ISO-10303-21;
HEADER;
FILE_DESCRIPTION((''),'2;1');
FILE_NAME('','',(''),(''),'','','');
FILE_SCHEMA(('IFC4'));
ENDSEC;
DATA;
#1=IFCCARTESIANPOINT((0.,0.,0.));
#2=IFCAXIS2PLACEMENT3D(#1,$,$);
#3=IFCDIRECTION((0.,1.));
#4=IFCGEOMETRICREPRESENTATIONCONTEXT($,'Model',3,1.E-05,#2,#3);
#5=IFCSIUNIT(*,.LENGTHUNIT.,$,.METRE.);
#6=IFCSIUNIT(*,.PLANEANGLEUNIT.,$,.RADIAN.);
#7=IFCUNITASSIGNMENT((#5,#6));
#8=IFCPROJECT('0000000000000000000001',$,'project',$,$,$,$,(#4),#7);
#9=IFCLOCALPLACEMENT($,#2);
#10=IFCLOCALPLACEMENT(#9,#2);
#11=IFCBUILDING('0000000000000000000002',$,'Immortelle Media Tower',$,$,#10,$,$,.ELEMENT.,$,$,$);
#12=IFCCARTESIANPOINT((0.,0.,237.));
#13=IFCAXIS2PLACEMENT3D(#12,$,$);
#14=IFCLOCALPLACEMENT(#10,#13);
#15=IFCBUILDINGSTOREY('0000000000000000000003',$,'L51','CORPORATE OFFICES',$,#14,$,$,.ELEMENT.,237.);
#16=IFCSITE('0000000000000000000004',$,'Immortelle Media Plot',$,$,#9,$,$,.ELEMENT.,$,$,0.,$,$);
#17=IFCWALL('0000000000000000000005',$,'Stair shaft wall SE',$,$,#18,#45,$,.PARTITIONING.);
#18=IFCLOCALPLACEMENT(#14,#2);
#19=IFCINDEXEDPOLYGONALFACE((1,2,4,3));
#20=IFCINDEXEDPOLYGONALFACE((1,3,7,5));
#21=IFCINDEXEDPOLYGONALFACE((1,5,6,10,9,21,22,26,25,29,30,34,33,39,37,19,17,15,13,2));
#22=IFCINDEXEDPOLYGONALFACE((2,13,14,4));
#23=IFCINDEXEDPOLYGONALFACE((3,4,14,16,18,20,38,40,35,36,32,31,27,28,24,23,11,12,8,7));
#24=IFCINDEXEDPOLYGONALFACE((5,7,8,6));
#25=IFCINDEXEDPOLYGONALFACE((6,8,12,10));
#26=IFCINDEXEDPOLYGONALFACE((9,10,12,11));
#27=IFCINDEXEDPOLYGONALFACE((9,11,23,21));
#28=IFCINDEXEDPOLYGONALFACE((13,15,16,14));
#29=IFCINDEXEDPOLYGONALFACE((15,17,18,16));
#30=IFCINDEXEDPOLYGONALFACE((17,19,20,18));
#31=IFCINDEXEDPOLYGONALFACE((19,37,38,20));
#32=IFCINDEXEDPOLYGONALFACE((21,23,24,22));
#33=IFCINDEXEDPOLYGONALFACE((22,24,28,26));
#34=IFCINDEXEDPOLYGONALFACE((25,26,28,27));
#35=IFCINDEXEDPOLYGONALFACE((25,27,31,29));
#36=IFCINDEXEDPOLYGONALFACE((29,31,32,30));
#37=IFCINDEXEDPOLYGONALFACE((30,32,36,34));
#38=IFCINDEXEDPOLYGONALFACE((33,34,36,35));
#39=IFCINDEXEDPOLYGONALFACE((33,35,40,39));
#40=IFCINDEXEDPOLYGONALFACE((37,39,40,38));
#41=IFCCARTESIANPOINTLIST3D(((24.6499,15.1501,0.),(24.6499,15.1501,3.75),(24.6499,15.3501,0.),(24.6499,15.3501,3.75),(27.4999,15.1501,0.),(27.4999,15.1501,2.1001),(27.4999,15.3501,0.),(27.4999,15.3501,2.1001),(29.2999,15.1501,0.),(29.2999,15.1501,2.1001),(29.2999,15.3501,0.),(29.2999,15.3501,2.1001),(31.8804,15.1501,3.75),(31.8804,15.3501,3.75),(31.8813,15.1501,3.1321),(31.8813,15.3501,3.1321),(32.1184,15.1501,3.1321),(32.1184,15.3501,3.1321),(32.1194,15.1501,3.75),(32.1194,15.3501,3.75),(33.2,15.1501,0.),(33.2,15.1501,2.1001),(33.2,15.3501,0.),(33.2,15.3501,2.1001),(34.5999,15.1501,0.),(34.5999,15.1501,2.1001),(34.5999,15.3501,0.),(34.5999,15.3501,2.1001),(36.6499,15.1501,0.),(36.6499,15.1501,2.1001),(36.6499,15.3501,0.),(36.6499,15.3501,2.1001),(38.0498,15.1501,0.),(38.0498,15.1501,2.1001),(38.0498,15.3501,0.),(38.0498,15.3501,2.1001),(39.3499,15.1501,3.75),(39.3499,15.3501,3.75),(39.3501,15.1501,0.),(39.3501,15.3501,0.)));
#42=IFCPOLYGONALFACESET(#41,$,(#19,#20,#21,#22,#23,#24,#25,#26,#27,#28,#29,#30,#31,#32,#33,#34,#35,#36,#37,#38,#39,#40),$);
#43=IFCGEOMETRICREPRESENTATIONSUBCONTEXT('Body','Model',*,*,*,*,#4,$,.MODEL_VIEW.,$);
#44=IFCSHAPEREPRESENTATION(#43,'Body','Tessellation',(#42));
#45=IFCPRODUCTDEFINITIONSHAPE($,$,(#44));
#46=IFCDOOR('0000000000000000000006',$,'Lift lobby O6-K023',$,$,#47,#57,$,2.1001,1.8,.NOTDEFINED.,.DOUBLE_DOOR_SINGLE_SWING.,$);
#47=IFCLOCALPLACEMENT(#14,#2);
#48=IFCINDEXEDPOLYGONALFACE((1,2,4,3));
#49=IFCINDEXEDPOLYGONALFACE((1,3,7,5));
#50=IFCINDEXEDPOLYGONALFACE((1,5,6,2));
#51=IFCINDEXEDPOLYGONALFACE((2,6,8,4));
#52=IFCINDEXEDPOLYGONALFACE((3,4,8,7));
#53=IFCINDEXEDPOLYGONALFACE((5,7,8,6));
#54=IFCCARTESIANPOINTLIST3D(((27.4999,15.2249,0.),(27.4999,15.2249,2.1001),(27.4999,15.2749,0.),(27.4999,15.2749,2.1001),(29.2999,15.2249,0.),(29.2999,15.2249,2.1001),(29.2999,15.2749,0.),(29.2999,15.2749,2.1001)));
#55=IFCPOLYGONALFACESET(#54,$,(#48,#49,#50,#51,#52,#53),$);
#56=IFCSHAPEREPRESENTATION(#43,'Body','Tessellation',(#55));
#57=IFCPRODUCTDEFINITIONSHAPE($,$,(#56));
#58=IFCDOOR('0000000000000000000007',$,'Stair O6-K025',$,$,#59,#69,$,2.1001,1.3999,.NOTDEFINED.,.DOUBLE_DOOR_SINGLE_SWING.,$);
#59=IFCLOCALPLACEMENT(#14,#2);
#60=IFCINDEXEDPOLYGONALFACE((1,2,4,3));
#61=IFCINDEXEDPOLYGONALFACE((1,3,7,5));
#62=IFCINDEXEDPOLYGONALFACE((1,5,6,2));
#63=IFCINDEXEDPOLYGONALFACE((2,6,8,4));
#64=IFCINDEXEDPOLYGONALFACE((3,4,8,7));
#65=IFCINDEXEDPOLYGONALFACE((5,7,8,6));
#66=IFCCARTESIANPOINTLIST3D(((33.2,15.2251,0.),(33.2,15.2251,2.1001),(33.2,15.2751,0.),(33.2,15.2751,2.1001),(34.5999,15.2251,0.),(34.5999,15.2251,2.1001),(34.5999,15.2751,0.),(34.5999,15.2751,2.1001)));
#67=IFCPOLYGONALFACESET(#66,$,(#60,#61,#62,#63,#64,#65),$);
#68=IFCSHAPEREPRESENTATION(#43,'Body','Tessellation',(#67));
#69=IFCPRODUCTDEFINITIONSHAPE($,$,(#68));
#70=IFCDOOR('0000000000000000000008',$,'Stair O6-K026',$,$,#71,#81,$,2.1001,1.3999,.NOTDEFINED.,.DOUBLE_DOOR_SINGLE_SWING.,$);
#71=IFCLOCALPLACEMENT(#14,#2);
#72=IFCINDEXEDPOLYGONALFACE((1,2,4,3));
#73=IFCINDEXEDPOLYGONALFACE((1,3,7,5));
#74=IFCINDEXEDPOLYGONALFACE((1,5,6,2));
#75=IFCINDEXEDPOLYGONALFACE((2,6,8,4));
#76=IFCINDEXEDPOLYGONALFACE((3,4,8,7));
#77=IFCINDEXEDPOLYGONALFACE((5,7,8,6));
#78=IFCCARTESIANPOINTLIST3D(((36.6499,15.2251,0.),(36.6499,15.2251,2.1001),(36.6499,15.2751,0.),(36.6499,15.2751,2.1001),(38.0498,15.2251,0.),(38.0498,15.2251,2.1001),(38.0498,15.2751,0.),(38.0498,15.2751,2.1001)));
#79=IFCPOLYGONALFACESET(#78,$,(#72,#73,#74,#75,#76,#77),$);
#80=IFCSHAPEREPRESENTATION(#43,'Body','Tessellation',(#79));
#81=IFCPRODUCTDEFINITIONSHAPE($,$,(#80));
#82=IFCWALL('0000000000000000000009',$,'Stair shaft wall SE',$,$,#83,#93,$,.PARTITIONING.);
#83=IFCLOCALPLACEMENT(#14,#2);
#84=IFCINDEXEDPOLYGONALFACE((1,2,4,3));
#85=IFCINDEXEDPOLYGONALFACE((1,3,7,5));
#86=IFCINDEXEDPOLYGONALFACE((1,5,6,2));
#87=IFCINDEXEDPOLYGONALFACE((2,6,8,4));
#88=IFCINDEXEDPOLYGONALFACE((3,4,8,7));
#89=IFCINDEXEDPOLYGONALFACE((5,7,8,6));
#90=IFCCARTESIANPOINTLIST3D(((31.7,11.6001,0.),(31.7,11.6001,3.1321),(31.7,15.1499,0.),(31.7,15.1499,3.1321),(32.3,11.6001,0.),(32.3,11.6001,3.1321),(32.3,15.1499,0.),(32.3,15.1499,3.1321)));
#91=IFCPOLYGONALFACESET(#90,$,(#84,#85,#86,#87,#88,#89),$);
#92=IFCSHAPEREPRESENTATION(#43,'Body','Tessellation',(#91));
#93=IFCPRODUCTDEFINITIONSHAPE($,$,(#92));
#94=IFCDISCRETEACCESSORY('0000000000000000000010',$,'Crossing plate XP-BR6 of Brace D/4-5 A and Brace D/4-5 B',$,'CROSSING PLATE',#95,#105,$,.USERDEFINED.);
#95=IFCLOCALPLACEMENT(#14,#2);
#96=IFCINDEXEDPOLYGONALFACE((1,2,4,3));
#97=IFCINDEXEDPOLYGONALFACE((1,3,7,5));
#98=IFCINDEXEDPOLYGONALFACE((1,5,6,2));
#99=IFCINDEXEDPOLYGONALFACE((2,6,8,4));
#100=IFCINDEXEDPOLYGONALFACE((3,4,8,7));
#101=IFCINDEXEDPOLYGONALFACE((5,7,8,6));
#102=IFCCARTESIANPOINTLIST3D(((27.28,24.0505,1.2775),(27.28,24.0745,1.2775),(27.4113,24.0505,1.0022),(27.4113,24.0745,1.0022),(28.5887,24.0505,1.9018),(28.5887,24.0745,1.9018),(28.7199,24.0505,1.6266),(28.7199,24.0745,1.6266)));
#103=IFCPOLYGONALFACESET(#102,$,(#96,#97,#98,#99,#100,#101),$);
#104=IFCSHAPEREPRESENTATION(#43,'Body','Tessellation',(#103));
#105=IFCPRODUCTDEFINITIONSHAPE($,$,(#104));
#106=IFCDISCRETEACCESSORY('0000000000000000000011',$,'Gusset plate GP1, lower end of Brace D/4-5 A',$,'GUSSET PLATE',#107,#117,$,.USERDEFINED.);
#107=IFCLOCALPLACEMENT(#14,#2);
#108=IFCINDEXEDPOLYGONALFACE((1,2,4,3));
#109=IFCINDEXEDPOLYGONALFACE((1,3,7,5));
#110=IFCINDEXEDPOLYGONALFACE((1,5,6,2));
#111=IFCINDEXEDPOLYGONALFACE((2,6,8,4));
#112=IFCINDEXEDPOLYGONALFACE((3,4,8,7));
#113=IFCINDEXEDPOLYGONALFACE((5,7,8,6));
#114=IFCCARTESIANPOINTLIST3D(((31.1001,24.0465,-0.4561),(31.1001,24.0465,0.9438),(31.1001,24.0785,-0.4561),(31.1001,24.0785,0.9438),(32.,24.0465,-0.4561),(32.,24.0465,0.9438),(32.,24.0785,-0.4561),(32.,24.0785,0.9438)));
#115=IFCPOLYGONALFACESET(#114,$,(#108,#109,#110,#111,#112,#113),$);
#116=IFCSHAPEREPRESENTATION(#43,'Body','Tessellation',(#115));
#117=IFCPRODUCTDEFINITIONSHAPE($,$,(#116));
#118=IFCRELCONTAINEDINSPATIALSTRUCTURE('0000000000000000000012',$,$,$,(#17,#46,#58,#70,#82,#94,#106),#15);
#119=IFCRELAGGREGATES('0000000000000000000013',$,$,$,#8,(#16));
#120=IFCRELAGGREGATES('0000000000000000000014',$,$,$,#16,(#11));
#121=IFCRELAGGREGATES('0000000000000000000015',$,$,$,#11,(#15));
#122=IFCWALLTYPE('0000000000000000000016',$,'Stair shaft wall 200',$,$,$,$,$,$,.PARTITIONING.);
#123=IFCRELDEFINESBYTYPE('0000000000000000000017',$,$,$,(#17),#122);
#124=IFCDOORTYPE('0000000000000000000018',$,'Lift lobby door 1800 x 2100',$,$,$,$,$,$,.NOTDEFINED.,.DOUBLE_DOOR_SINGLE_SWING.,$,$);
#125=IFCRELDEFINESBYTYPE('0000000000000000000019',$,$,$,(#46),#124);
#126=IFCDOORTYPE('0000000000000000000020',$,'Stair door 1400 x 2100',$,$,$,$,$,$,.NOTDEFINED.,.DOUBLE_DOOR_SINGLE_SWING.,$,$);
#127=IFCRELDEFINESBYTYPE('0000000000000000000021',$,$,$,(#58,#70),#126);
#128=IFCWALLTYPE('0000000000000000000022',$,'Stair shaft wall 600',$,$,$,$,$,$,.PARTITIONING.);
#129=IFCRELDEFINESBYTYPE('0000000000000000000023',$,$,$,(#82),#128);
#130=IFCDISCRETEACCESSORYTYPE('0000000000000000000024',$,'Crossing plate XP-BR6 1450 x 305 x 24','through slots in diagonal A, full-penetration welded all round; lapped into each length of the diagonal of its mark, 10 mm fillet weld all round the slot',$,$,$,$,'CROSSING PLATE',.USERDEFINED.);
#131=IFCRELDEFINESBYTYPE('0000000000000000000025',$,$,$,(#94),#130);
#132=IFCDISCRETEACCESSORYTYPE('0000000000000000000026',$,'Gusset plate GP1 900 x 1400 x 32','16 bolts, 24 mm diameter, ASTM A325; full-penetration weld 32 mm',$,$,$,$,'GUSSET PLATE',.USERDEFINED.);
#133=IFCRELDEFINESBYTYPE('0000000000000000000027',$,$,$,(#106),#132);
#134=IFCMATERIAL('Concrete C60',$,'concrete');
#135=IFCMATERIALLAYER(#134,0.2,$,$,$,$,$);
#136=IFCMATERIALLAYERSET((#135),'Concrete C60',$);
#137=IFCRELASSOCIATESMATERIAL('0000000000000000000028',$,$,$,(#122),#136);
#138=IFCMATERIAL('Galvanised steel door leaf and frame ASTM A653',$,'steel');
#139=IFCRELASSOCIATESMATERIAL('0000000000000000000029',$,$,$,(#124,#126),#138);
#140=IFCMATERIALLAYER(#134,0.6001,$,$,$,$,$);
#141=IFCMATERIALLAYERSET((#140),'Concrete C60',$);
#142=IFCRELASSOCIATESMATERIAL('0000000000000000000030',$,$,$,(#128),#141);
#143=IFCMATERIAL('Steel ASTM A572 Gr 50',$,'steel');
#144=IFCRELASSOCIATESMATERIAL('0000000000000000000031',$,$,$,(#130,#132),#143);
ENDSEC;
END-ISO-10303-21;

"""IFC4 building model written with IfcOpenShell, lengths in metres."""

from ifc_helpers import new_model, si_unit, direction, frame, frame_2d, origin, origin_2d, place, context, subcontext, project, spatial, polyline, rectangle, outline, extrude, material, layer, layer_set, material_profile, profile_set, type_object, element, fill, save


model = new_model("IFC4")

# Units and contexts
model_context = context("Model", 3, precision=1e-05, world=origin(), true_north=direction((0.0, 1.0)))
body_context = subcontext(model_context, "Body", "Model", "MODEL_VIEW")
ifc_project = project(units=[si_unit("LENGTHUNIT", "METRE"), si_unit("PLANEANGLEUNIT", "RADIAN")], contexts=[model_context])

# Site, building, storey
site_placement = place(None, origin())
site = spatial("IfcSite", under=ifc_project, at=site_placement, Name="Immortelle Media Plot", CompositionType="ELEMENT", RefElevation=0.0)
building_placement = place(site_placement, origin())
building = spatial("IfcBuilding", under=site, at=building_placement, Name="Immortelle Media Tower", CompositionType="ELEMENT")
storey_placement = place(building_placement, frame((0.0, 0.0, 237.0)))
storey = spatial("IfcBuildingStorey", under=building, at=storey_placement, Name="L51", Description="CORPORATE OFFICES", CompositionType="ELEMENT", Elevation=237.0)

# Shared definitions
ifc_material_1 = material(Name="Galvanised steel door leaf and frame ASTM A653", Category="steel")

# Wall, openings, doors
ifc_material_2 = material(Name="Concrete C60", Category="concrete")
ifc_layer_1 = layer(ifc_material_2, 0.2)
ifc_layer_set_1 = layer_set([ifc_layer_1], Name="Concrete C60")
wall_type_1 = type_object("IfcWallType", Name="Stair shaft wall 200", PredefinedType="PARTITIONING", material=ifc_layer_set_1)
wall_1_placement = place(storey_placement, frame((24.6499, 15.25, 0.0), z_axis=(0.0, 0.0, 1.0), x_axis=(1.0, 0.0, 0.0)))
wall_1 = element("IfcWall", 1, at=wall_1_placement, inside=storey, type_object=wall_type_1, Name="Stair shaft wall SE", PredefinedType="PARTITIONING", context=body_context, shape_type="SweptSolid", body=[
    extrude(outline(polyline([(0.0, 0.0), (14.7002, 0.0), (14.7, 3.75), (7.4695, 3.75), (7.4685, 3.1321), (7.2314, 3.1321), (7.2305, 3.75), (0.0, 3.75), (0.0, 0.0)])), frame((0.0, 0.1001, 0.0), z_axis=(0.0, -1.0, 0.0), x_axis=(1.0, 0.0, 0.0)), (0.0, 0.0, 1.0), 0.2),
])
opening_1_placement = place(wall_1_placement, frame((2.8501, 0.0, 0.0)))
opening_1 = element("IfcOpeningElement", 2, at=opening_1_placement, cuts=wall_1, PredefinedType="OPENING", context=body_context, shape_type="SweptSolid", body=[
    extrude(rectangle(XDim=1.8, YDim=2.1001, at=frame_2d((0.8999, 1.05))), frame((0.0, 0.1099, 0.0), z_axis=(0.0, -1.0, 0.0), x_axis=(1.0, 0.0, 0.0)), (0.0, 0.0, 1.0), 0.22),
])
opening_2_placement = place(wall_1_placement, frame((9.95, 0.0, 0.0), z_axis=(0.0, 0.0, 1.0), x_axis=(-1.0, 0.0, 0.0)))
opening_2 = element("IfcOpeningElement", 3, at=opening_2_placement, cuts=wall_1, PredefinedType="OPENING", context=body_context, shape_type="SweptSolid", body=[
    extrude(rectangle(XDim=1.3999, YDim=2.1001, at=frame_2d((0.7, 1.05))), frame((0.0, 0.1099, 0.0), z_axis=(0.0, -1.0, 0.0), x_axis=(1.0, 0.0, 0.0)), (0.0, 0.0, 1.0), 0.22),
])
opening_3_placement = place(wall_1_placement, frame((13.3999, 0.0, 0.0), z_axis=(0.0, 0.0, 1.0), x_axis=(-1.0, 0.0, 0.0)))
opening_3 = element("IfcOpeningElement", 4, at=opening_3_placement, cuts=wall_1, PredefinedType="OPENING", context=body_context, shape_type="SweptSolid", body=[
    extrude(rectangle(XDim=1.3999, YDim=2.1001, at=frame_2d((0.7, 1.05))), frame((0.0, 0.1099, 0.0), z_axis=(0.0, -1.0, 0.0), x_axis=(1.0, 0.0, 0.0)), (0.0, 0.0, 1.0), 0.22),
])
door_type_1 = type_object("IfcDoorType", Name="Lift lobby door 1800 x 2100", OperationType="DOUBLE_DOOR_SINGLE_SWING", PredefinedType="NOTDEFINED", material=ifc_material_1)
door_1_placement = place(opening_1_placement, origin())
door_1 = element("IfcDoor", 5, at=door_1_placement, inside=storey, type_object=door_type_1, Name="Lift lobby O6-K023", OperationType="DOUBLE_DOOR_SINGLE_SWING", OverallHeight=2.1001, OverallWidth=1.8, PredefinedType="NOTDEFINED", context=body_context, shape_type="SweptSolid", body=[
    extrude(rectangle(XDim=1.8, YDim=2.1001, at=frame_2d((0.8999, 1.05))), frame((0.0, 0.0249, 0.0), z_axis=(0.0, -1.0, 0.0), x_axis=(1.0, 0.0, 0.0)), (0.0, 0.0, 1.0), 0.05),
])
fill(opening_1, door_1)
door_type_2 = type_object("IfcDoorType", Name="Stair door 1400 x 2100", OperationType="DOUBLE_DOOR_SINGLE_SWING", PredefinedType="NOTDEFINED", material=ifc_material_1)
door_2_placement = place(opening_2_placement, origin())
door_2 = element("IfcDoor", 6, at=door_2_placement, inside=storey, type_object=door_type_2, Name="Stair O6-K025", OperationType="DOUBLE_DOOR_SINGLE_SWING", OverallHeight=2.1001, OverallWidth=1.3999, PredefinedType="NOTDEFINED", context=body_context, shape_type="SweptSolid", body=[
    extrude(rectangle(XDim=1.3999, YDim=2.1001, at=frame_2d((0.7, 1.05))), frame((0.0, 0.0249, 0.0), z_axis=(0.0, -1.0, 0.0), x_axis=(1.0, 0.0, 0.0)), (0.0, 0.0, 1.0), 0.05),
])
fill(opening_2, door_2)
door_3_placement = place(opening_3_placement, origin())
door_3 = element("IfcDoor", 7, at=door_3_placement, inside=storey, type_object=door_type_2, Name="Stair O6-K026", OperationType="DOUBLE_DOOR_SINGLE_SWING", OverallHeight=2.1001, OverallWidth=1.3999, PredefinedType="NOTDEFINED", context=body_context, shape_type="SweptSolid", body=[
    extrude(rectangle(XDim=1.3999, YDim=2.1001, at=frame_2d((0.7, 1.05))), frame((0.0, 0.0249, 0.0), z_axis=(0.0, -1.0, 0.0), x_axis=(1.0, 0.0, 0.0)), (0.0, 0.0, 1.0), 0.05),
])
fill(opening_3, door_3)

# Wall
ifc_layer_2 = layer(ifc_material_2, 0.6001)
ifc_layer_set_2 = layer_set([ifc_layer_2], Name="Concrete C60")
wall_type_2 = type_object("IfcWallType", Name="Stair shaft wall 600", PredefinedType="PARTITIONING", material=ifc_layer_set_2)
wall_2_placement = place(storey_placement, frame((32.0, 11.6001, 0.0), z_axis=(0.0, 0.0, 1.0), x_axis=(0.0, 1.0, 0.0)))
element("IfcWall", 8, at=wall_2_placement, inside=storey, type_object=wall_type_2, Name="Stair shaft wall SE", PredefinedType="PARTITIONING", context=body_context, shape_type="SweptSolid", body=[
    extrude(rectangle(XDim=3.5498, YDim=0.6001, at=frame_2d((1.7749, 0.0))), origin(), (0.0, 0.0, 1.0), 3.1321),
])

# Discrete accessories
ifc_material_3 = material(Name="Steel ASTM A572 Gr 50", Category="steel")
ifc_material_profile_1 = material_profile(ifc_material_3, rectangle(XDim=0.0239, YDim=0.3049, at=origin_2d()), Name="PL 24 x 305")
ifc_profile_set_1 = profile_set([ifc_material_profile_1], Name="Steel ASTM A572 Gr 50")
discrete_accessory_type_1 = type_object("IfcDiscreteAccessoryType", Name="Crossing plate XP-BR6 1450 x 305 x 24", Description="through slots in diagonal A, full-penetration welded all round; lapped into each length of the diagonal of its mark, 10 mm fillet weld all round the slot", ElementType="CROSSING PLATE", PredefinedType="USERDEFINED", material=ifc_profile_set_1)
discrete_accessory_1_placement = place(storey_placement, frame((28.6543, 24.0625, 1.7642), z_axis=(-0.902558, 0.0, -0.430567), x_axis=(0.0, -1.0, 0.0)))
element("IfcDiscreteAccessory", 9, at=discrete_accessory_1_placement, inside=storey, type_object=discrete_accessory_type_1, Name="Crossing plate XP-BR6 of Brace D/4-5 A and Brace D/4-5 B", ObjectType="CROSSING PLATE", PredefinedType="USERDEFINED", context=body_context, shape_type="SweptSolid", body=[
    extrude(rectangle(XDim=0.0239, YDim=0.3049, at=origin_2d()), origin(), (0.0, 0.0, 1.0), 1.45),
])
ifc_material_profile_2 = material_profile(ifc_material_3, rectangle(XDim=0.032, YDim=1.3999, at=origin_2d()), Name="PL 32 x 1400")
ifc_profile_set_2 = profile_set([ifc_material_profile_2], Name="Steel ASTM A572 Gr 50")
discrete_accessory_type_2 = type_object("IfcDiscreteAccessoryType", Name="Gusset plate GP1 900 x 1400 x 32", Description="16 bolts, 24 mm diameter, ASTM A325; full-penetration weld 32 mm", ElementType="GUSSET PLATE", PredefinedType="USERDEFINED", material=ifc_profile_set_2)
discrete_accessory_2_placement = place(storey_placement, frame((32.0, 24.0625, 0.2439), z_axis=(-1.0, 0.0, 0.0), x_axis=(0.0, -1.0, 0.0)))
element("IfcDiscreteAccessory", 10, at=discrete_accessory_2_placement, inside=storey, type_object=discrete_accessory_type_2, Name="Gusset plate GP1, lower end of Brace D/4-5 A", ObjectType="GUSSET PLATE", PredefinedType="USERDEFINED", context=body_context, shape_type="SweptSolid", body=[
    extrude(rectangle(XDim=0.032, YDim=1.3999, at=origin_2d()), origin(), (0.0, 0.0, 1.0), 0.8999),
])

save(model, "model.ifc")
